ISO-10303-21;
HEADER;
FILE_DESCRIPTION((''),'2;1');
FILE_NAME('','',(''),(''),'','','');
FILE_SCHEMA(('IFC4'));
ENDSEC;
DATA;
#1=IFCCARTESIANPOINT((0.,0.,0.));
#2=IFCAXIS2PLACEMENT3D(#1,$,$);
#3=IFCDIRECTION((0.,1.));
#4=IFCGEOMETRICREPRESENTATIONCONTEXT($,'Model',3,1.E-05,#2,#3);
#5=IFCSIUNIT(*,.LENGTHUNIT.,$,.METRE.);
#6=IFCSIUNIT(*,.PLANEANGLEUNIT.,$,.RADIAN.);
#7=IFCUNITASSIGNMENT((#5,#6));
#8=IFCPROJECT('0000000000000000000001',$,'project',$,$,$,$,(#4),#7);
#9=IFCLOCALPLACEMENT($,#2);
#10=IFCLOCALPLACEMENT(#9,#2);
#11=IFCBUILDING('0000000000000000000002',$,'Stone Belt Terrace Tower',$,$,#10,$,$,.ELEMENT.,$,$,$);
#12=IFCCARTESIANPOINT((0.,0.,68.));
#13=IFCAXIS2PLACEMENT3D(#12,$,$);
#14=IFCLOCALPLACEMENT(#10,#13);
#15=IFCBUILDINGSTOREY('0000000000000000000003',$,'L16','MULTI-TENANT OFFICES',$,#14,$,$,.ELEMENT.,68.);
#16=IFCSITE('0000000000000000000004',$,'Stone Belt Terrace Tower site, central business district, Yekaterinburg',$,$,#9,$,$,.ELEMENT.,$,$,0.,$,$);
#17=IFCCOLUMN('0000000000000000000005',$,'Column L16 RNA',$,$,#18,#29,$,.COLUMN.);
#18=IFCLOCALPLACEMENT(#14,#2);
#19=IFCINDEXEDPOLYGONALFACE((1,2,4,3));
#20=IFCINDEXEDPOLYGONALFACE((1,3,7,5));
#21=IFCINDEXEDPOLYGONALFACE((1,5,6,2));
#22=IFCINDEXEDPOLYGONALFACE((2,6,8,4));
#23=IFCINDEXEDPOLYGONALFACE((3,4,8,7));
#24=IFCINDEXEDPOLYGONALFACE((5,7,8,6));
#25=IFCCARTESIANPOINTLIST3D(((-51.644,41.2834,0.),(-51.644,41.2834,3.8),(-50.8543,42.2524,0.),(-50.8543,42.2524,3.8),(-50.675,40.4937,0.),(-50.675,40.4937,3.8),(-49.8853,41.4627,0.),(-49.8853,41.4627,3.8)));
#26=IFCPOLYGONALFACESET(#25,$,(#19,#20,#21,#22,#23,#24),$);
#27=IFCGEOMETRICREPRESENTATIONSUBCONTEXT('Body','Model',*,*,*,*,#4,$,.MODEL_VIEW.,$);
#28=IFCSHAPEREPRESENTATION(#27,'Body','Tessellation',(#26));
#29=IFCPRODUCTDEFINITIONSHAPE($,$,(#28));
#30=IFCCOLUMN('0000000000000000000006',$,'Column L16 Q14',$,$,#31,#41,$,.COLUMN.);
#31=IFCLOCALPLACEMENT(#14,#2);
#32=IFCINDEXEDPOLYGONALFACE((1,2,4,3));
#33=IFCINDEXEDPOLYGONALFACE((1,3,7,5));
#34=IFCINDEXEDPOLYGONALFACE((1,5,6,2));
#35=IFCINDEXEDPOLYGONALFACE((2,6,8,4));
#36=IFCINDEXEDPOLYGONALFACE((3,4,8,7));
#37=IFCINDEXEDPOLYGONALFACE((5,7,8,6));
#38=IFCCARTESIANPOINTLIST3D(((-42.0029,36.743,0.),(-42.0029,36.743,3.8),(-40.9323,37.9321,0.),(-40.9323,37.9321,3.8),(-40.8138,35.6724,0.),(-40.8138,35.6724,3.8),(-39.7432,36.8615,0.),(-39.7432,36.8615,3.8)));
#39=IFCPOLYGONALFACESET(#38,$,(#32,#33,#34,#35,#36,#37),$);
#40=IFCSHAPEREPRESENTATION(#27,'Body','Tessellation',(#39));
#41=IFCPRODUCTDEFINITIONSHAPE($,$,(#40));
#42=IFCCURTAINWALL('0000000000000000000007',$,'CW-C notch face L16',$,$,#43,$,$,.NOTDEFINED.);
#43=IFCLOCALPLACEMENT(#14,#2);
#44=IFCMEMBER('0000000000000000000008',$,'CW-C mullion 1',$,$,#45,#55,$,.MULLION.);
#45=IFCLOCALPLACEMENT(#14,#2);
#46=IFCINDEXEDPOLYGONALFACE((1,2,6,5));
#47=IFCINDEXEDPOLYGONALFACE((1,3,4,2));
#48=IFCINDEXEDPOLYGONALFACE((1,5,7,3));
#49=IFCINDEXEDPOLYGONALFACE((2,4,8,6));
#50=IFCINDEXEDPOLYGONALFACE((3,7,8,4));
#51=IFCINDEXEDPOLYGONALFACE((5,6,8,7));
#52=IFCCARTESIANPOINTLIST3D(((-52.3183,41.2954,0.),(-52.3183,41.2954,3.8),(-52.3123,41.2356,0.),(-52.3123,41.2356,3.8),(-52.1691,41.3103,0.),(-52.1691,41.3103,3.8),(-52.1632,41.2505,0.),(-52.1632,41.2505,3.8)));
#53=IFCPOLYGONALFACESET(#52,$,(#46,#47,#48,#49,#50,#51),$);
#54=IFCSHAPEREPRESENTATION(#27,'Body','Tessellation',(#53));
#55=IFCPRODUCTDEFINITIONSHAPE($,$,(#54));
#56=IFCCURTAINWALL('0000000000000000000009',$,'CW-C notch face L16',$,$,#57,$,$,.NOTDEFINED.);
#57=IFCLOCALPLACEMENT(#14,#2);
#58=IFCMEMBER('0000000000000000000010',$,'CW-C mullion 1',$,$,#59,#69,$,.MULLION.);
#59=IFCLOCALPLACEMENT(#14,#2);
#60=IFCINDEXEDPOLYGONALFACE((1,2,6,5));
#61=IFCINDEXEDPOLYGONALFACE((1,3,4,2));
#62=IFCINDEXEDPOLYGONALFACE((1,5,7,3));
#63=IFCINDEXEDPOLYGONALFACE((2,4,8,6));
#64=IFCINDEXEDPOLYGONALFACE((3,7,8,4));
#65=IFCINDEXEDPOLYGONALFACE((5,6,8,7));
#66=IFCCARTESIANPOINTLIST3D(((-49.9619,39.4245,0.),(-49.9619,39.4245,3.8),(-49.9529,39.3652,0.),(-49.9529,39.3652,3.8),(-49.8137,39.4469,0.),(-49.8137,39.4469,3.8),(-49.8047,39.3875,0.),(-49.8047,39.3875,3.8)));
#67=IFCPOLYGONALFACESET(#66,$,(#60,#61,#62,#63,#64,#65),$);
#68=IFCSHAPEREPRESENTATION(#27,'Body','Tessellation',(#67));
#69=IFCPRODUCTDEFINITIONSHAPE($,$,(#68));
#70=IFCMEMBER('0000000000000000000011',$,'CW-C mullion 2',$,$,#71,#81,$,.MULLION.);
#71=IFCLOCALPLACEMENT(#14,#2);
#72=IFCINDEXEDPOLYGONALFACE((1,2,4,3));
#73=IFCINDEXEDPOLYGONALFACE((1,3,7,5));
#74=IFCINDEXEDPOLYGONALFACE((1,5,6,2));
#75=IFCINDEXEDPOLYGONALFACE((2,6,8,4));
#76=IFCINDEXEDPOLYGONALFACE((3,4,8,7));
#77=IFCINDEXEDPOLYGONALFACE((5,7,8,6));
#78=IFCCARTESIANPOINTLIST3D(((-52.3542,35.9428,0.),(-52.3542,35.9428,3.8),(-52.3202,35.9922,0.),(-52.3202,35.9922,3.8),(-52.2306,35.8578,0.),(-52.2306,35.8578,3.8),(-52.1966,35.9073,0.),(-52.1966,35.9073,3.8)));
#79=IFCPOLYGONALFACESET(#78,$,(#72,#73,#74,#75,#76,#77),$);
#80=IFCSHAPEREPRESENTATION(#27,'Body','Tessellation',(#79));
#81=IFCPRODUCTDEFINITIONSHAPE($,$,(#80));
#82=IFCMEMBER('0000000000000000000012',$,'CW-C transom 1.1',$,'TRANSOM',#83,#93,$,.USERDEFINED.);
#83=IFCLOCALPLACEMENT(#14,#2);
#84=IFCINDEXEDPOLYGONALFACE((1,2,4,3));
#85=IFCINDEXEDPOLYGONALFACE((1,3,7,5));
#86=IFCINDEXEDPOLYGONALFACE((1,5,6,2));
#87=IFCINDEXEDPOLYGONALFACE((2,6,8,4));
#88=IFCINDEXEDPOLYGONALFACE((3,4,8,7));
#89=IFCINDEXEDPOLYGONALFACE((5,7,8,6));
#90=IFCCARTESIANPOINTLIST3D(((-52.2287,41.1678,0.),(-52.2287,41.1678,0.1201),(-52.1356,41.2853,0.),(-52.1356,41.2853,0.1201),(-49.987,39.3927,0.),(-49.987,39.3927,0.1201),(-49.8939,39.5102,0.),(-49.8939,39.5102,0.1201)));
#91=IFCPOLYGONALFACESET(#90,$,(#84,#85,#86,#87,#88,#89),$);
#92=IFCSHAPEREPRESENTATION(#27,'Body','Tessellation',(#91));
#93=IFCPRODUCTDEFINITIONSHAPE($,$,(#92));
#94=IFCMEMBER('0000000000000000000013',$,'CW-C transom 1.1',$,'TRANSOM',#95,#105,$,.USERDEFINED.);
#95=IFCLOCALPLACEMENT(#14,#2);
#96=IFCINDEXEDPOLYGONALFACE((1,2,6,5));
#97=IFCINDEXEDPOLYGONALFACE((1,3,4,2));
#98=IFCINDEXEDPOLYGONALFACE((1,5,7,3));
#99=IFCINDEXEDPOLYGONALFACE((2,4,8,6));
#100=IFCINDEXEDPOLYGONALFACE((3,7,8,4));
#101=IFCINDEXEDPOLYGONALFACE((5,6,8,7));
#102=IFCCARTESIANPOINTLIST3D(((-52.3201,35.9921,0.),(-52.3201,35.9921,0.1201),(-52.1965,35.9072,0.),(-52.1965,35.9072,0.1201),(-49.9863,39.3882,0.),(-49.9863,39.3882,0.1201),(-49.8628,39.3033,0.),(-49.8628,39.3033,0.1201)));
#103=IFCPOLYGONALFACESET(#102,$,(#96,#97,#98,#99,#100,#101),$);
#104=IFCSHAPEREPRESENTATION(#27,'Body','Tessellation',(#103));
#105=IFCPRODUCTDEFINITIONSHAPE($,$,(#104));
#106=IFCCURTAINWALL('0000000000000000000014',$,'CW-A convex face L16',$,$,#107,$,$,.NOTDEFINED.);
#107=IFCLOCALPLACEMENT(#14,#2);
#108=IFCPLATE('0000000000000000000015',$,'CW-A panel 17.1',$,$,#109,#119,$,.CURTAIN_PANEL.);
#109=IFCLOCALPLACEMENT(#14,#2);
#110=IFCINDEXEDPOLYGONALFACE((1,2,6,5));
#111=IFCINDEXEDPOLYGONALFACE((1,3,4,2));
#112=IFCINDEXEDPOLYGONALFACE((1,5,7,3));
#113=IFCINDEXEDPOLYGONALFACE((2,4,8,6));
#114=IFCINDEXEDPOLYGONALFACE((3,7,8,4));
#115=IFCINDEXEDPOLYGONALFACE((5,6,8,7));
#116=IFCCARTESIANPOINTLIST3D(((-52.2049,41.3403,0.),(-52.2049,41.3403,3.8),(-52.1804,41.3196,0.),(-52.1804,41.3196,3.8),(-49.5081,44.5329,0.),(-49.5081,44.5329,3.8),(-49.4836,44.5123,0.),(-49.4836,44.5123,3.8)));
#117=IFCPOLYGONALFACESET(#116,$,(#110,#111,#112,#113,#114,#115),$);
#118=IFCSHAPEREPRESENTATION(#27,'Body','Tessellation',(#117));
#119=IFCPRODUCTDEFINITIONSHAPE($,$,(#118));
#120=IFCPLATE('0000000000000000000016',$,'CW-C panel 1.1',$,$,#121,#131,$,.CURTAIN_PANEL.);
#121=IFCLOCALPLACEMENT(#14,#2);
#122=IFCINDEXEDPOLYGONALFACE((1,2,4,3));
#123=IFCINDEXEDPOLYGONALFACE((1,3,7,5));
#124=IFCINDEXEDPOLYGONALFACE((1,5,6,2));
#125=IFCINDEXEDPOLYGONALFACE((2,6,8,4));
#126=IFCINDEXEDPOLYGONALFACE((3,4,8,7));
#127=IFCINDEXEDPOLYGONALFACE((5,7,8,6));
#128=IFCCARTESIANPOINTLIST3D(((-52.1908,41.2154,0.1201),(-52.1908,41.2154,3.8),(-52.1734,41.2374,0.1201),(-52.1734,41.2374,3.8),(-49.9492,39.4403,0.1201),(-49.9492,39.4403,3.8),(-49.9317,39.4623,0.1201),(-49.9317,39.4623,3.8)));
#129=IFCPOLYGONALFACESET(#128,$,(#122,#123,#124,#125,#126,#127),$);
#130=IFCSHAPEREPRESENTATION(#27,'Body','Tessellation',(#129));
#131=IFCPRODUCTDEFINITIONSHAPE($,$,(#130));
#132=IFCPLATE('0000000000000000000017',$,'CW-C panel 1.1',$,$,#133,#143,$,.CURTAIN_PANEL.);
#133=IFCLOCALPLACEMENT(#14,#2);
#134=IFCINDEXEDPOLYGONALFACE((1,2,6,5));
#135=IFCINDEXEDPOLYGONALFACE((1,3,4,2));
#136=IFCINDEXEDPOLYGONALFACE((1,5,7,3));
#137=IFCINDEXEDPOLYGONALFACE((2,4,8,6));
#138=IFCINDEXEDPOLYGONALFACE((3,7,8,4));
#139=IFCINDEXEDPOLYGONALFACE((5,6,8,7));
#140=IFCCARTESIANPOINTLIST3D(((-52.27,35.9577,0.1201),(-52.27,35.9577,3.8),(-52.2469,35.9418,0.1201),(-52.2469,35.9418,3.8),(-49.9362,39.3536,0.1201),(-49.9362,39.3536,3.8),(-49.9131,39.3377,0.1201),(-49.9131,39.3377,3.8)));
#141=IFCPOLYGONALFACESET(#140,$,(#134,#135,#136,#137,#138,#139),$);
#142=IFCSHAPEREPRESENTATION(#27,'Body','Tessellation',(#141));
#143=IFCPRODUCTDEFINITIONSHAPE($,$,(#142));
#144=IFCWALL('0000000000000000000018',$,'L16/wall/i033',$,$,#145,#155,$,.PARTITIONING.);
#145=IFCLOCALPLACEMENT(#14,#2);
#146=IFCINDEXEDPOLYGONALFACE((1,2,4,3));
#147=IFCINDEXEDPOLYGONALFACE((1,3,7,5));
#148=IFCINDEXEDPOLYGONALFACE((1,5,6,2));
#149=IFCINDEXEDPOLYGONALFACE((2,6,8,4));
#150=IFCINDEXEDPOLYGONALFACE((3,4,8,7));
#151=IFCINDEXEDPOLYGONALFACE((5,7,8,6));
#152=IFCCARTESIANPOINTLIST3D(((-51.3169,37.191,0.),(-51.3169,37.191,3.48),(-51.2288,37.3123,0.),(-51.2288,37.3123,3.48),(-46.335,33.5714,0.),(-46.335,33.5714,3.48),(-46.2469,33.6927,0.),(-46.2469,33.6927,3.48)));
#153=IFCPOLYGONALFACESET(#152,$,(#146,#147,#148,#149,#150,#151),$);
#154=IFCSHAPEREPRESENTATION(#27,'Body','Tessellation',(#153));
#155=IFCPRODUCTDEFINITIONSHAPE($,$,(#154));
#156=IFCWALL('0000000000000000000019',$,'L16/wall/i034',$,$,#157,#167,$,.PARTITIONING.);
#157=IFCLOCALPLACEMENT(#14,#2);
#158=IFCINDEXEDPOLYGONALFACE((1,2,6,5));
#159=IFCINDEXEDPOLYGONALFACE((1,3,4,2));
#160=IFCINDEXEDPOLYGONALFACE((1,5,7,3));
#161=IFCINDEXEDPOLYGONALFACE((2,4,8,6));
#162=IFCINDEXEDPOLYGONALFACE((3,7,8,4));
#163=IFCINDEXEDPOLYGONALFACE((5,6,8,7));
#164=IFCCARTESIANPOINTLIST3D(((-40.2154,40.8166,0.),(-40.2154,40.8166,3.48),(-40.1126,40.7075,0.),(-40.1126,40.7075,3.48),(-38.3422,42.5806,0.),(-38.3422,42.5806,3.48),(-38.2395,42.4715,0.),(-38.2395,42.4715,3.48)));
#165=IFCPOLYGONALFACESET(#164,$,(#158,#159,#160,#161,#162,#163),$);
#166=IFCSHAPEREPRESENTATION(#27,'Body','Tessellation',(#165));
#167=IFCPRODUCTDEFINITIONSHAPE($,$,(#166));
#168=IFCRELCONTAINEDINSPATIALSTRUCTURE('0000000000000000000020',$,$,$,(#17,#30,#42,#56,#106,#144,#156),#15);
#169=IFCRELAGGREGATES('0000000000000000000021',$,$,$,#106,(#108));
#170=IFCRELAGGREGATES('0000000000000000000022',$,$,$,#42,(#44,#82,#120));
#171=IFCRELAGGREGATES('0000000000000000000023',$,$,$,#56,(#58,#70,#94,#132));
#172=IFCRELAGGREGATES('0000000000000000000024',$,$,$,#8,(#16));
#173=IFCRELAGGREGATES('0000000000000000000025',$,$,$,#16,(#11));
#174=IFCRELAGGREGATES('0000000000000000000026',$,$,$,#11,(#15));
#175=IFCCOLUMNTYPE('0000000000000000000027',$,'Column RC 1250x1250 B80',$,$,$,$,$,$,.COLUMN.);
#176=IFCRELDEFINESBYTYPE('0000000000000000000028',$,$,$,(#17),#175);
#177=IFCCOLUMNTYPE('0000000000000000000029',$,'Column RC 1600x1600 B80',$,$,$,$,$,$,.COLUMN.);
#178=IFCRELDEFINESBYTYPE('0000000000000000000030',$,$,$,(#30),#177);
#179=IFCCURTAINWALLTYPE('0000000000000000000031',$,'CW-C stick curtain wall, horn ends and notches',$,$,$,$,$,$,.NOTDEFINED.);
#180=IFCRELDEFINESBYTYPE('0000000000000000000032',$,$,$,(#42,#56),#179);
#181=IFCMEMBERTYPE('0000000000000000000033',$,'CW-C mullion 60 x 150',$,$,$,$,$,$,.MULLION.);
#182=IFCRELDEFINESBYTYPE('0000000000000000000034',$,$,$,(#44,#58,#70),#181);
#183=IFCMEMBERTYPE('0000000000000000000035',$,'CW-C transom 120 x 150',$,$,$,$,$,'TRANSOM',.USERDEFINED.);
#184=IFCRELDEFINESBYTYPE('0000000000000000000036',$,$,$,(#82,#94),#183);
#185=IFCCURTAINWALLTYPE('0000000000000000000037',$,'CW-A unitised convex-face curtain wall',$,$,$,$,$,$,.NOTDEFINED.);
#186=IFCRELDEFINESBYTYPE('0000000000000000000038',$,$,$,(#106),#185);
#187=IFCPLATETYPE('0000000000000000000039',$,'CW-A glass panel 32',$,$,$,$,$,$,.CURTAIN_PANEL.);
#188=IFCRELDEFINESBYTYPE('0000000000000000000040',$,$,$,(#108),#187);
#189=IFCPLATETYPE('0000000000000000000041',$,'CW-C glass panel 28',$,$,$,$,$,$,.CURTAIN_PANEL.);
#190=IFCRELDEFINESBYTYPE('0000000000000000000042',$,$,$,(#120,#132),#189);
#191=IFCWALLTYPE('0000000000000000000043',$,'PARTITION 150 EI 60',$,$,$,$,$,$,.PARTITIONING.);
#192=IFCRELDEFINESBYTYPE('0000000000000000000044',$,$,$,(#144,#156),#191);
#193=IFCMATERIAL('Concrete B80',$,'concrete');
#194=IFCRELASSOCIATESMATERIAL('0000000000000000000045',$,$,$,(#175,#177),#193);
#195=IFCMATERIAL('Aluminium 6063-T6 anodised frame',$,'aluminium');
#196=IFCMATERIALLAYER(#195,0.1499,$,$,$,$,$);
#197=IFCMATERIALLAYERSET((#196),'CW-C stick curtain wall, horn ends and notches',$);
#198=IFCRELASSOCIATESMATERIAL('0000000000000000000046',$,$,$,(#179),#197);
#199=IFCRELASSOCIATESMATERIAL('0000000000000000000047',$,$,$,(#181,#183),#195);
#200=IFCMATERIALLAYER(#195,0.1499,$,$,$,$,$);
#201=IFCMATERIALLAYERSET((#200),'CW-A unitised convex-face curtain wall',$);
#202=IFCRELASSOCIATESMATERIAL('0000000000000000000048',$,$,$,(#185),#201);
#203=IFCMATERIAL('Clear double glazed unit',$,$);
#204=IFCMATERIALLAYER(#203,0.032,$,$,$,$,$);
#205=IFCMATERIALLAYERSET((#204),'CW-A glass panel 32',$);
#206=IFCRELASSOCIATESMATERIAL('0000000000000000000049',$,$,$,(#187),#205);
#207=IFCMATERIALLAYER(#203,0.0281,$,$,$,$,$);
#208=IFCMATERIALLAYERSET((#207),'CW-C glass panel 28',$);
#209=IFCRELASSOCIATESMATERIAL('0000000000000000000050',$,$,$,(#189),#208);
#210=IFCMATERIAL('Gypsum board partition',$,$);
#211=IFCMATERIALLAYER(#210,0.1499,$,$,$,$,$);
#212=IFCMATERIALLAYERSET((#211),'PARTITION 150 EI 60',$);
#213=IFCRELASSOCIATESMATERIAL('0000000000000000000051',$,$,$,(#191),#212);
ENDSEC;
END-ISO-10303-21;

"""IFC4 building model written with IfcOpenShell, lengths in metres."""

from ifc_helpers import new_model, si_unit, direction, frame, frame_2d, origin, origin_2d, place, context, subcontext, project, spatial, rectangle, extrude, material, layer, layer_set, material_profile, profile_set, type_object, element, aggregate, save


model = new_model("IFC4")

# Units and contexts
model_context = context("Model", 3, precision=1e-05, world=origin(), true_north=direction((0.0, 1.0)))
body_context = subcontext(model_context, "Body", "Model", "MODEL_VIEW")
ifc_project = project(units=[si_unit("LENGTHUNIT", "METRE"), si_unit("PLANEANGLEUNIT", "RADIAN")], contexts=[model_context])

# Site, building, storey
site_placement = place(None, origin())
site = spatial("IfcSite", under=ifc_project, at=site_placement, Name="Stone Belt Terrace Tower site, central business district, Yekaterinburg", CompositionType="ELEMENT", RefElevation=0.0)
building_placement = place(site_placement, origin())
building = spatial("IfcBuilding", under=site, at=building_placement, Name="Stone Belt Terrace Tower", CompositionType="ELEMENT")
storey_placement = place(building_placement, frame((0.0, 0.0, 68.0)))
storey = spatial("IfcBuildingStorey", under=building, at=storey_placement, Name="L16", Description="MULTI-TENANT OFFICES", CompositionType="ELEMENT", Elevation=68.0)

# Columns
ifc_material_1 = material(Name="Concrete B80", Category="concrete")
ifc_material_profile_1 = material_profile(ifc_material_1, rectangle(XDim=1.25, YDim=1.25, at=origin_2d()), Name="RC 1250x1250")
ifc_profile_set_1 = profile_set([ifc_material_profile_1], Name="Concrete B80")
column_type_1 = type_object("IfcColumnType", Name="Column RC 1250x1250 B80", PredefinedType="COLUMN", material=ifc_profile_set_1)
column_1_placement = place(storey_placement, frame((-50.7646, 41.373, 0.0), z_axis=(0.0, 0.0, 1.0), x_axis=(0.631759, 0.775165, 0.0)))
element("IfcColumn", 1, at=column_1_placement, inside=storey, type_object=column_type_1, Name="Column L16 RNA", PredefinedType="COLUMN", context=body_context, shape_type="SweptSolid", body=[
    extrude(rectangle(XDim=1.25, YDim=1.25, at=origin_2d()), origin(), (0.0, 0.0, 1.0), 3.8),
])
ifc_material_profile_2 = material_profile(ifc_material_1, rectangle(XDim=1.6001, YDim=1.6001, at=origin_2d()), Name="RC 1600x1600")
ifc_profile_set_2 = profile_set([ifc_material_profile_2], Name="Concrete B80")
column_type_2 = type_object("IfcColumnType", Name="Column RC 1600x1600 B80", PredefinedType="COLUMN", material=ifc_profile_set_2)
column_2_placement = place(storey_placement, frame((-40.873, 36.8022, 0.0), z_axis=(0.0, 0.0, 1.0), x_axis=(0.669131, 0.743145, 0.0)))
element("IfcColumn", 2, at=column_2_placement, inside=storey, type_object=column_type_2, Name="Column L16 Q14", PredefinedType="COLUMN", context=body_context, shape_type="SweptSolid", body=[
    extrude(rectangle(XDim=1.6001, YDim=1.6001, at=origin_2d()), origin(), (0.0, 0.0, 1.0), 3.8),
])

# Curtain wall, member
ifc_material_2 = material(Name="Aluminium 6063-T6 anodised frame", Category="aluminium")
ifc_layer_1 = layer(ifc_material_2, 0.1499)
ifc_layer_set_1 = layer_set([ifc_layer_1], Name="CW-C stick curtain wall, horn ends and notches")
curtain_wall_type_1 = type_object("IfcCurtainWallType", Name="CW-C stick curtain wall, horn ends and notches", PredefinedType="NOTDEFINED", material=ifc_layer_set_1)
curtain_wall_1_placement = place(storey_placement, origin())
curtain_wall_1 = element("IfcCurtainWall", 3, at=curtain_wall_1_placement, inside=storey, type_object=curtain_wall_type_1, Name="CW-C notch face L16", PredefinedType="NOTDEFINED")
ifc_material_profile_3 = material_profile(ifc_material_2, rectangle(XDim=0.1499, YDim=0.0601, at=origin_2d()), Name="Aluminium 6063-T6 60x150")
ifc_profile_set_3 = profile_set([ifc_material_profile_3], Name="Aluminium 6063-T6 anodised frame")
member_type_1 = type_object("IfcMemberType", Name="CW-C mullion 60 x 150", PredefinedType="MULLION", material=ifc_profile_set_3)
member_1_placement = place(storey_placement, frame((-52.2407, 41.2729, 0.0), z_axis=(0.0, 0.0, 1.0), x_axis=(0.995023, 0.099645, 0.0)))
member_1 = element("IfcMember", 4, at=member_1_placement, type_object=member_type_1, Name="CW-C mullion 1", PredefinedType="MULLION", context=body_context, shape_type="SweptSolid", body=[
    extrude(rectangle(XDim=0.1499, YDim=0.0601, at=origin_2d()), origin(), (0.0, 0.0, 1.0), 3.8),
])

# Curtain wall, members
curtain_wall_2_placement = place(storey_placement, origin())
curtain_wall_2 = element("IfcCurtainWall", 5, at=curtain_wall_2_placement, inside=storey, type_object=curtain_wall_type_1, Name="CW-C notch face L16", PredefinedType="NOTDEFINED")
member_2_placement = place(storey_placement, frame((-49.8833, 39.406, 0.0), z_axis=(0.0, 0.0, 1.0), x_axis=(0.988851, 0.148906, 0.0)))
member_2 = element("IfcMember", 6, at=member_2_placement, type_object=member_type_1, Name="CW-C mullion 1", PredefinedType="MULLION", context=body_context, shape_type="SweptSolid", body=[
    extrude(rectangle(XDim=0.1499, YDim=0.0601, at=origin_2d()), origin(), (0.0, 0.0, 1.0), 3.8),
])
member_3_placement = place(storey_placement, frame((-52.2754, 35.925, 0.0), z_axis=(0.0, 0.0, 1.0), x_axis=(0.824147, -0.566376, 0.0)))
member_3 = element("IfcMember", 7, at=member_3_placement, type_object=member_type_1, Name="CW-C mullion 2", PredefinedType="MULLION", context=body_context, shape_type="SweptSolid", body=[
    extrude(rectangle(XDim=0.1499, YDim=0.0601, at=origin_2d()), origin(), (0.0, 0.0, 1.0), 3.8),
])

# Members
ifc_material_profile_4 = material_profile(ifc_material_2, rectangle(XDim=0.1499, YDim=0.1201, at=origin_2d()), Name="Aluminium 6063-T6 150x120")
ifc_profile_set_4 = profile_set([ifc_material_profile_4], Name="Aluminium 6063-T6 anodised frame")
member_type_2 = type_object("IfcMemberType", Name="CW-C transom 120 x 150", ElementType="TRANSOM", PredefinedType="USERDEFINED", material=ifc_profile_set_4)
member_4_placement = place(storey_placement, frame((-52.1821, 41.2266, 0.0601), z_axis=(0.783966, -0.620804, 0.0), x_axis=(0.620804, 0.783966, 0.0)))
member_4 = element("IfcMember", 8, at=member_4_placement, type_object=member_type_2, Name="CW-C transom 1.1", ObjectType="TRANSOM", PredefinedType="USERDEFINED", context=body_context, shape_type="SweptSolid", body=[
    extrude(rectangle(XDim=0.1499, YDim=0.1201, at=origin_2d()), origin(), (0.0, 0.0, 1.0), 2.8594),
])
member_5_placement = place(storey_placement, frame((-49.9246, 39.3457, 0.0601), z_axis=(-0.566363, -0.824156, 0.0), x_axis=(0.824156, -0.566363, 0.0)))
member_5 = element("IfcMember", 9, at=member_5_placement, type_object=member_type_2, Name="CW-C transom 1.1", ObjectType="TRANSOM", PredefinedType="USERDEFINED", context=body_context, shape_type="SweptSolid", body=[
    extrude(rectangle(XDim=0.1499, YDim=0.1201, at=origin_2d()), origin(), (0.0, 0.0, 1.0), 4.1206),
])

# Curtain wall, plate
ifc_layer_2 = layer(ifc_material_2, 0.1499)
ifc_layer_set_2 = layer_set([ifc_layer_2], Name="CW-A unitised convex-face curtain wall")
curtain_wall_type_2 = type_object("IfcCurtainWallType", Name="CW-A unitised convex-face curtain wall", PredefinedType="NOTDEFINED", material=ifc_layer_set_2)
curtain_wall_3_placement = place(storey_placement, origin())
curtain_wall_3 = element("IfcCurtainWall", 10, at=curtain_wall_3_placement, inside=storey, type_object=curtain_wall_type_2, Name="CW-A convex face L16", PredefinedType="NOTDEFINED")
ifc_material_3 = material(Name="Clear double glazed unit")
ifc_layer_3 = layer(ifc_material_3, 0.032)
ifc_layer_set_3 = layer_set([ifc_layer_3], Name="CW-A glass panel 32")
plate_type_1 = type_object("IfcPlateType", Name="CW-A glass panel 32", PredefinedType="CURTAIN_PANEL", material=ifc_layer_set_3)
plate_1_placement = place(storey_placement, frame((-50.8442, 42.9263, 0.0), z_axis=(0.0, 0.0, 1.0), x_axis=(-0.645291, -0.763937, 0.0)))
plate_1 = element("IfcPlate", 11, at=plate_1_placement, type_object=plate_type_1, Name="CW-A panel 17.1", PredefinedType="CURTAIN_PANEL", context=body_context, shape_type="SweptSolid", body=[
    extrude(rectangle(XDim=4.1792, YDim=0.032, at=origin_2d()), origin(), (0.0, 0.0, 1.0), 3.8),
])
aggregate(curtain_wall_3, [plate_1])

# Plates
ifc_layer_4 = layer(ifc_material_3, 0.0281)
ifc_layer_set_4 = layer_set([ifc_layer_4], Name="CW-C glass panel 28")
plate_type_2 = type_object("IfcPlateType", Name="CW-C glass panel 28", PredefinedType="CURTAIN_PANEL", material=ifc_layer_set_4)
plate_2_placement = place(storey_placement, frame((-51.0613, 40.3389, 0.1201), z_axis=(0.0, 0.0, 1.0), x_axis=(0.783964, -0.620807, 0.0)))
plate_2 = element("IfcPlate", 12, at=plate_2_placement, type_object=plate_type_2, Name="CW-C panel 1.1", PredefinedType="CURTAIN_PANEL", context=body_context, shape_type="SweptSolid", body=[
    extrude(rectangle(XDim=2.8594, YDim=0.0281, at=origin_2d()), origin(), (0.0, 0.0, 1.0), 3.6799),
])
aggregate(curtain_wall_1, [member_1, member_4, plate_2])
plate_3_placement = place(storey_placement, frame((-51.0916, 37.6477, 0.1201), z_axis=(0.0, 0.0, 1.0), x_axis=(-0.566376, -0.824147, 0.0)))
plate_3 = element("IfcPlate", 13, at=plate_3_placement, type_object=plate_type_2, Name="CW-C panel 1.1", PredefinedType="CURTAIN_PANEL", context=body_context, shape_type="SweptSolid", body=[
    extrude(rectangle(XDim=4.1206, YDim=0.0281, at=origin_2d()), origin(), (0.0, 0.0, 1.0), 3.6799),
])
aggregate(curtain_wall_2, [member_2, member_3, member_5, plate_3])

# Walls
ifc_material_4 = material(Name="Gypsum board partition")
ifc_layer_5 = layer(ifc_material_4, 0.1499)
ifc_layer_set_5 = layer_set([ifc_layer_5], Name="PARTITION 150 EI 60")
wall_type = type_object("IfcWallType", Name="PARTITION 150 EI 60", PredefinedType="PARTITIONING", material=ifc_layer_set_5)
wall_1_placement = place(storey_placement, frame((-51.2729, 37.2517, 0.0), z_axis=(0.0, 0.0, 1.0), x_axis=(0.809014, -0.58779, 0.0)))
element("IfcWall", 14, at=wall_1_placement, inside=storey, type_object=wall_type, Name="L16/wall/i033", PredefinedType="PARTITIONING", context=body_context, shape_type="SweptSolid", body=[
    extrude(rectangle(XDim=6.158, YDim=0.1499, at=frame_2d((3.0791, 0.0))), origin(), (0.0, 0.0, 1.0), 3.48),
])
wall_2_placement = place(storey_placement, frame((-40.1641, 40.762, 0.0), z_axis=(0.0, 0.0, 1.0), x_axis=(0.727997, 0.685581, 0.0)))
element("IfcWall", 15, at=wall_2_placement, inside=storey, type_object=wall_type, Name="L16/wall/i034", PredefinedType="PARTITIONING", context=body_context, shape_type="SweptSolid", body=[
    extrude(rectangle(XDim=2.573, YDim=0.1499, at=frame_2d((1.2866, 0.0))), origin(), (0.0, 0.0, 1.0), 3.48),
])

save(model, "model.ifc")
